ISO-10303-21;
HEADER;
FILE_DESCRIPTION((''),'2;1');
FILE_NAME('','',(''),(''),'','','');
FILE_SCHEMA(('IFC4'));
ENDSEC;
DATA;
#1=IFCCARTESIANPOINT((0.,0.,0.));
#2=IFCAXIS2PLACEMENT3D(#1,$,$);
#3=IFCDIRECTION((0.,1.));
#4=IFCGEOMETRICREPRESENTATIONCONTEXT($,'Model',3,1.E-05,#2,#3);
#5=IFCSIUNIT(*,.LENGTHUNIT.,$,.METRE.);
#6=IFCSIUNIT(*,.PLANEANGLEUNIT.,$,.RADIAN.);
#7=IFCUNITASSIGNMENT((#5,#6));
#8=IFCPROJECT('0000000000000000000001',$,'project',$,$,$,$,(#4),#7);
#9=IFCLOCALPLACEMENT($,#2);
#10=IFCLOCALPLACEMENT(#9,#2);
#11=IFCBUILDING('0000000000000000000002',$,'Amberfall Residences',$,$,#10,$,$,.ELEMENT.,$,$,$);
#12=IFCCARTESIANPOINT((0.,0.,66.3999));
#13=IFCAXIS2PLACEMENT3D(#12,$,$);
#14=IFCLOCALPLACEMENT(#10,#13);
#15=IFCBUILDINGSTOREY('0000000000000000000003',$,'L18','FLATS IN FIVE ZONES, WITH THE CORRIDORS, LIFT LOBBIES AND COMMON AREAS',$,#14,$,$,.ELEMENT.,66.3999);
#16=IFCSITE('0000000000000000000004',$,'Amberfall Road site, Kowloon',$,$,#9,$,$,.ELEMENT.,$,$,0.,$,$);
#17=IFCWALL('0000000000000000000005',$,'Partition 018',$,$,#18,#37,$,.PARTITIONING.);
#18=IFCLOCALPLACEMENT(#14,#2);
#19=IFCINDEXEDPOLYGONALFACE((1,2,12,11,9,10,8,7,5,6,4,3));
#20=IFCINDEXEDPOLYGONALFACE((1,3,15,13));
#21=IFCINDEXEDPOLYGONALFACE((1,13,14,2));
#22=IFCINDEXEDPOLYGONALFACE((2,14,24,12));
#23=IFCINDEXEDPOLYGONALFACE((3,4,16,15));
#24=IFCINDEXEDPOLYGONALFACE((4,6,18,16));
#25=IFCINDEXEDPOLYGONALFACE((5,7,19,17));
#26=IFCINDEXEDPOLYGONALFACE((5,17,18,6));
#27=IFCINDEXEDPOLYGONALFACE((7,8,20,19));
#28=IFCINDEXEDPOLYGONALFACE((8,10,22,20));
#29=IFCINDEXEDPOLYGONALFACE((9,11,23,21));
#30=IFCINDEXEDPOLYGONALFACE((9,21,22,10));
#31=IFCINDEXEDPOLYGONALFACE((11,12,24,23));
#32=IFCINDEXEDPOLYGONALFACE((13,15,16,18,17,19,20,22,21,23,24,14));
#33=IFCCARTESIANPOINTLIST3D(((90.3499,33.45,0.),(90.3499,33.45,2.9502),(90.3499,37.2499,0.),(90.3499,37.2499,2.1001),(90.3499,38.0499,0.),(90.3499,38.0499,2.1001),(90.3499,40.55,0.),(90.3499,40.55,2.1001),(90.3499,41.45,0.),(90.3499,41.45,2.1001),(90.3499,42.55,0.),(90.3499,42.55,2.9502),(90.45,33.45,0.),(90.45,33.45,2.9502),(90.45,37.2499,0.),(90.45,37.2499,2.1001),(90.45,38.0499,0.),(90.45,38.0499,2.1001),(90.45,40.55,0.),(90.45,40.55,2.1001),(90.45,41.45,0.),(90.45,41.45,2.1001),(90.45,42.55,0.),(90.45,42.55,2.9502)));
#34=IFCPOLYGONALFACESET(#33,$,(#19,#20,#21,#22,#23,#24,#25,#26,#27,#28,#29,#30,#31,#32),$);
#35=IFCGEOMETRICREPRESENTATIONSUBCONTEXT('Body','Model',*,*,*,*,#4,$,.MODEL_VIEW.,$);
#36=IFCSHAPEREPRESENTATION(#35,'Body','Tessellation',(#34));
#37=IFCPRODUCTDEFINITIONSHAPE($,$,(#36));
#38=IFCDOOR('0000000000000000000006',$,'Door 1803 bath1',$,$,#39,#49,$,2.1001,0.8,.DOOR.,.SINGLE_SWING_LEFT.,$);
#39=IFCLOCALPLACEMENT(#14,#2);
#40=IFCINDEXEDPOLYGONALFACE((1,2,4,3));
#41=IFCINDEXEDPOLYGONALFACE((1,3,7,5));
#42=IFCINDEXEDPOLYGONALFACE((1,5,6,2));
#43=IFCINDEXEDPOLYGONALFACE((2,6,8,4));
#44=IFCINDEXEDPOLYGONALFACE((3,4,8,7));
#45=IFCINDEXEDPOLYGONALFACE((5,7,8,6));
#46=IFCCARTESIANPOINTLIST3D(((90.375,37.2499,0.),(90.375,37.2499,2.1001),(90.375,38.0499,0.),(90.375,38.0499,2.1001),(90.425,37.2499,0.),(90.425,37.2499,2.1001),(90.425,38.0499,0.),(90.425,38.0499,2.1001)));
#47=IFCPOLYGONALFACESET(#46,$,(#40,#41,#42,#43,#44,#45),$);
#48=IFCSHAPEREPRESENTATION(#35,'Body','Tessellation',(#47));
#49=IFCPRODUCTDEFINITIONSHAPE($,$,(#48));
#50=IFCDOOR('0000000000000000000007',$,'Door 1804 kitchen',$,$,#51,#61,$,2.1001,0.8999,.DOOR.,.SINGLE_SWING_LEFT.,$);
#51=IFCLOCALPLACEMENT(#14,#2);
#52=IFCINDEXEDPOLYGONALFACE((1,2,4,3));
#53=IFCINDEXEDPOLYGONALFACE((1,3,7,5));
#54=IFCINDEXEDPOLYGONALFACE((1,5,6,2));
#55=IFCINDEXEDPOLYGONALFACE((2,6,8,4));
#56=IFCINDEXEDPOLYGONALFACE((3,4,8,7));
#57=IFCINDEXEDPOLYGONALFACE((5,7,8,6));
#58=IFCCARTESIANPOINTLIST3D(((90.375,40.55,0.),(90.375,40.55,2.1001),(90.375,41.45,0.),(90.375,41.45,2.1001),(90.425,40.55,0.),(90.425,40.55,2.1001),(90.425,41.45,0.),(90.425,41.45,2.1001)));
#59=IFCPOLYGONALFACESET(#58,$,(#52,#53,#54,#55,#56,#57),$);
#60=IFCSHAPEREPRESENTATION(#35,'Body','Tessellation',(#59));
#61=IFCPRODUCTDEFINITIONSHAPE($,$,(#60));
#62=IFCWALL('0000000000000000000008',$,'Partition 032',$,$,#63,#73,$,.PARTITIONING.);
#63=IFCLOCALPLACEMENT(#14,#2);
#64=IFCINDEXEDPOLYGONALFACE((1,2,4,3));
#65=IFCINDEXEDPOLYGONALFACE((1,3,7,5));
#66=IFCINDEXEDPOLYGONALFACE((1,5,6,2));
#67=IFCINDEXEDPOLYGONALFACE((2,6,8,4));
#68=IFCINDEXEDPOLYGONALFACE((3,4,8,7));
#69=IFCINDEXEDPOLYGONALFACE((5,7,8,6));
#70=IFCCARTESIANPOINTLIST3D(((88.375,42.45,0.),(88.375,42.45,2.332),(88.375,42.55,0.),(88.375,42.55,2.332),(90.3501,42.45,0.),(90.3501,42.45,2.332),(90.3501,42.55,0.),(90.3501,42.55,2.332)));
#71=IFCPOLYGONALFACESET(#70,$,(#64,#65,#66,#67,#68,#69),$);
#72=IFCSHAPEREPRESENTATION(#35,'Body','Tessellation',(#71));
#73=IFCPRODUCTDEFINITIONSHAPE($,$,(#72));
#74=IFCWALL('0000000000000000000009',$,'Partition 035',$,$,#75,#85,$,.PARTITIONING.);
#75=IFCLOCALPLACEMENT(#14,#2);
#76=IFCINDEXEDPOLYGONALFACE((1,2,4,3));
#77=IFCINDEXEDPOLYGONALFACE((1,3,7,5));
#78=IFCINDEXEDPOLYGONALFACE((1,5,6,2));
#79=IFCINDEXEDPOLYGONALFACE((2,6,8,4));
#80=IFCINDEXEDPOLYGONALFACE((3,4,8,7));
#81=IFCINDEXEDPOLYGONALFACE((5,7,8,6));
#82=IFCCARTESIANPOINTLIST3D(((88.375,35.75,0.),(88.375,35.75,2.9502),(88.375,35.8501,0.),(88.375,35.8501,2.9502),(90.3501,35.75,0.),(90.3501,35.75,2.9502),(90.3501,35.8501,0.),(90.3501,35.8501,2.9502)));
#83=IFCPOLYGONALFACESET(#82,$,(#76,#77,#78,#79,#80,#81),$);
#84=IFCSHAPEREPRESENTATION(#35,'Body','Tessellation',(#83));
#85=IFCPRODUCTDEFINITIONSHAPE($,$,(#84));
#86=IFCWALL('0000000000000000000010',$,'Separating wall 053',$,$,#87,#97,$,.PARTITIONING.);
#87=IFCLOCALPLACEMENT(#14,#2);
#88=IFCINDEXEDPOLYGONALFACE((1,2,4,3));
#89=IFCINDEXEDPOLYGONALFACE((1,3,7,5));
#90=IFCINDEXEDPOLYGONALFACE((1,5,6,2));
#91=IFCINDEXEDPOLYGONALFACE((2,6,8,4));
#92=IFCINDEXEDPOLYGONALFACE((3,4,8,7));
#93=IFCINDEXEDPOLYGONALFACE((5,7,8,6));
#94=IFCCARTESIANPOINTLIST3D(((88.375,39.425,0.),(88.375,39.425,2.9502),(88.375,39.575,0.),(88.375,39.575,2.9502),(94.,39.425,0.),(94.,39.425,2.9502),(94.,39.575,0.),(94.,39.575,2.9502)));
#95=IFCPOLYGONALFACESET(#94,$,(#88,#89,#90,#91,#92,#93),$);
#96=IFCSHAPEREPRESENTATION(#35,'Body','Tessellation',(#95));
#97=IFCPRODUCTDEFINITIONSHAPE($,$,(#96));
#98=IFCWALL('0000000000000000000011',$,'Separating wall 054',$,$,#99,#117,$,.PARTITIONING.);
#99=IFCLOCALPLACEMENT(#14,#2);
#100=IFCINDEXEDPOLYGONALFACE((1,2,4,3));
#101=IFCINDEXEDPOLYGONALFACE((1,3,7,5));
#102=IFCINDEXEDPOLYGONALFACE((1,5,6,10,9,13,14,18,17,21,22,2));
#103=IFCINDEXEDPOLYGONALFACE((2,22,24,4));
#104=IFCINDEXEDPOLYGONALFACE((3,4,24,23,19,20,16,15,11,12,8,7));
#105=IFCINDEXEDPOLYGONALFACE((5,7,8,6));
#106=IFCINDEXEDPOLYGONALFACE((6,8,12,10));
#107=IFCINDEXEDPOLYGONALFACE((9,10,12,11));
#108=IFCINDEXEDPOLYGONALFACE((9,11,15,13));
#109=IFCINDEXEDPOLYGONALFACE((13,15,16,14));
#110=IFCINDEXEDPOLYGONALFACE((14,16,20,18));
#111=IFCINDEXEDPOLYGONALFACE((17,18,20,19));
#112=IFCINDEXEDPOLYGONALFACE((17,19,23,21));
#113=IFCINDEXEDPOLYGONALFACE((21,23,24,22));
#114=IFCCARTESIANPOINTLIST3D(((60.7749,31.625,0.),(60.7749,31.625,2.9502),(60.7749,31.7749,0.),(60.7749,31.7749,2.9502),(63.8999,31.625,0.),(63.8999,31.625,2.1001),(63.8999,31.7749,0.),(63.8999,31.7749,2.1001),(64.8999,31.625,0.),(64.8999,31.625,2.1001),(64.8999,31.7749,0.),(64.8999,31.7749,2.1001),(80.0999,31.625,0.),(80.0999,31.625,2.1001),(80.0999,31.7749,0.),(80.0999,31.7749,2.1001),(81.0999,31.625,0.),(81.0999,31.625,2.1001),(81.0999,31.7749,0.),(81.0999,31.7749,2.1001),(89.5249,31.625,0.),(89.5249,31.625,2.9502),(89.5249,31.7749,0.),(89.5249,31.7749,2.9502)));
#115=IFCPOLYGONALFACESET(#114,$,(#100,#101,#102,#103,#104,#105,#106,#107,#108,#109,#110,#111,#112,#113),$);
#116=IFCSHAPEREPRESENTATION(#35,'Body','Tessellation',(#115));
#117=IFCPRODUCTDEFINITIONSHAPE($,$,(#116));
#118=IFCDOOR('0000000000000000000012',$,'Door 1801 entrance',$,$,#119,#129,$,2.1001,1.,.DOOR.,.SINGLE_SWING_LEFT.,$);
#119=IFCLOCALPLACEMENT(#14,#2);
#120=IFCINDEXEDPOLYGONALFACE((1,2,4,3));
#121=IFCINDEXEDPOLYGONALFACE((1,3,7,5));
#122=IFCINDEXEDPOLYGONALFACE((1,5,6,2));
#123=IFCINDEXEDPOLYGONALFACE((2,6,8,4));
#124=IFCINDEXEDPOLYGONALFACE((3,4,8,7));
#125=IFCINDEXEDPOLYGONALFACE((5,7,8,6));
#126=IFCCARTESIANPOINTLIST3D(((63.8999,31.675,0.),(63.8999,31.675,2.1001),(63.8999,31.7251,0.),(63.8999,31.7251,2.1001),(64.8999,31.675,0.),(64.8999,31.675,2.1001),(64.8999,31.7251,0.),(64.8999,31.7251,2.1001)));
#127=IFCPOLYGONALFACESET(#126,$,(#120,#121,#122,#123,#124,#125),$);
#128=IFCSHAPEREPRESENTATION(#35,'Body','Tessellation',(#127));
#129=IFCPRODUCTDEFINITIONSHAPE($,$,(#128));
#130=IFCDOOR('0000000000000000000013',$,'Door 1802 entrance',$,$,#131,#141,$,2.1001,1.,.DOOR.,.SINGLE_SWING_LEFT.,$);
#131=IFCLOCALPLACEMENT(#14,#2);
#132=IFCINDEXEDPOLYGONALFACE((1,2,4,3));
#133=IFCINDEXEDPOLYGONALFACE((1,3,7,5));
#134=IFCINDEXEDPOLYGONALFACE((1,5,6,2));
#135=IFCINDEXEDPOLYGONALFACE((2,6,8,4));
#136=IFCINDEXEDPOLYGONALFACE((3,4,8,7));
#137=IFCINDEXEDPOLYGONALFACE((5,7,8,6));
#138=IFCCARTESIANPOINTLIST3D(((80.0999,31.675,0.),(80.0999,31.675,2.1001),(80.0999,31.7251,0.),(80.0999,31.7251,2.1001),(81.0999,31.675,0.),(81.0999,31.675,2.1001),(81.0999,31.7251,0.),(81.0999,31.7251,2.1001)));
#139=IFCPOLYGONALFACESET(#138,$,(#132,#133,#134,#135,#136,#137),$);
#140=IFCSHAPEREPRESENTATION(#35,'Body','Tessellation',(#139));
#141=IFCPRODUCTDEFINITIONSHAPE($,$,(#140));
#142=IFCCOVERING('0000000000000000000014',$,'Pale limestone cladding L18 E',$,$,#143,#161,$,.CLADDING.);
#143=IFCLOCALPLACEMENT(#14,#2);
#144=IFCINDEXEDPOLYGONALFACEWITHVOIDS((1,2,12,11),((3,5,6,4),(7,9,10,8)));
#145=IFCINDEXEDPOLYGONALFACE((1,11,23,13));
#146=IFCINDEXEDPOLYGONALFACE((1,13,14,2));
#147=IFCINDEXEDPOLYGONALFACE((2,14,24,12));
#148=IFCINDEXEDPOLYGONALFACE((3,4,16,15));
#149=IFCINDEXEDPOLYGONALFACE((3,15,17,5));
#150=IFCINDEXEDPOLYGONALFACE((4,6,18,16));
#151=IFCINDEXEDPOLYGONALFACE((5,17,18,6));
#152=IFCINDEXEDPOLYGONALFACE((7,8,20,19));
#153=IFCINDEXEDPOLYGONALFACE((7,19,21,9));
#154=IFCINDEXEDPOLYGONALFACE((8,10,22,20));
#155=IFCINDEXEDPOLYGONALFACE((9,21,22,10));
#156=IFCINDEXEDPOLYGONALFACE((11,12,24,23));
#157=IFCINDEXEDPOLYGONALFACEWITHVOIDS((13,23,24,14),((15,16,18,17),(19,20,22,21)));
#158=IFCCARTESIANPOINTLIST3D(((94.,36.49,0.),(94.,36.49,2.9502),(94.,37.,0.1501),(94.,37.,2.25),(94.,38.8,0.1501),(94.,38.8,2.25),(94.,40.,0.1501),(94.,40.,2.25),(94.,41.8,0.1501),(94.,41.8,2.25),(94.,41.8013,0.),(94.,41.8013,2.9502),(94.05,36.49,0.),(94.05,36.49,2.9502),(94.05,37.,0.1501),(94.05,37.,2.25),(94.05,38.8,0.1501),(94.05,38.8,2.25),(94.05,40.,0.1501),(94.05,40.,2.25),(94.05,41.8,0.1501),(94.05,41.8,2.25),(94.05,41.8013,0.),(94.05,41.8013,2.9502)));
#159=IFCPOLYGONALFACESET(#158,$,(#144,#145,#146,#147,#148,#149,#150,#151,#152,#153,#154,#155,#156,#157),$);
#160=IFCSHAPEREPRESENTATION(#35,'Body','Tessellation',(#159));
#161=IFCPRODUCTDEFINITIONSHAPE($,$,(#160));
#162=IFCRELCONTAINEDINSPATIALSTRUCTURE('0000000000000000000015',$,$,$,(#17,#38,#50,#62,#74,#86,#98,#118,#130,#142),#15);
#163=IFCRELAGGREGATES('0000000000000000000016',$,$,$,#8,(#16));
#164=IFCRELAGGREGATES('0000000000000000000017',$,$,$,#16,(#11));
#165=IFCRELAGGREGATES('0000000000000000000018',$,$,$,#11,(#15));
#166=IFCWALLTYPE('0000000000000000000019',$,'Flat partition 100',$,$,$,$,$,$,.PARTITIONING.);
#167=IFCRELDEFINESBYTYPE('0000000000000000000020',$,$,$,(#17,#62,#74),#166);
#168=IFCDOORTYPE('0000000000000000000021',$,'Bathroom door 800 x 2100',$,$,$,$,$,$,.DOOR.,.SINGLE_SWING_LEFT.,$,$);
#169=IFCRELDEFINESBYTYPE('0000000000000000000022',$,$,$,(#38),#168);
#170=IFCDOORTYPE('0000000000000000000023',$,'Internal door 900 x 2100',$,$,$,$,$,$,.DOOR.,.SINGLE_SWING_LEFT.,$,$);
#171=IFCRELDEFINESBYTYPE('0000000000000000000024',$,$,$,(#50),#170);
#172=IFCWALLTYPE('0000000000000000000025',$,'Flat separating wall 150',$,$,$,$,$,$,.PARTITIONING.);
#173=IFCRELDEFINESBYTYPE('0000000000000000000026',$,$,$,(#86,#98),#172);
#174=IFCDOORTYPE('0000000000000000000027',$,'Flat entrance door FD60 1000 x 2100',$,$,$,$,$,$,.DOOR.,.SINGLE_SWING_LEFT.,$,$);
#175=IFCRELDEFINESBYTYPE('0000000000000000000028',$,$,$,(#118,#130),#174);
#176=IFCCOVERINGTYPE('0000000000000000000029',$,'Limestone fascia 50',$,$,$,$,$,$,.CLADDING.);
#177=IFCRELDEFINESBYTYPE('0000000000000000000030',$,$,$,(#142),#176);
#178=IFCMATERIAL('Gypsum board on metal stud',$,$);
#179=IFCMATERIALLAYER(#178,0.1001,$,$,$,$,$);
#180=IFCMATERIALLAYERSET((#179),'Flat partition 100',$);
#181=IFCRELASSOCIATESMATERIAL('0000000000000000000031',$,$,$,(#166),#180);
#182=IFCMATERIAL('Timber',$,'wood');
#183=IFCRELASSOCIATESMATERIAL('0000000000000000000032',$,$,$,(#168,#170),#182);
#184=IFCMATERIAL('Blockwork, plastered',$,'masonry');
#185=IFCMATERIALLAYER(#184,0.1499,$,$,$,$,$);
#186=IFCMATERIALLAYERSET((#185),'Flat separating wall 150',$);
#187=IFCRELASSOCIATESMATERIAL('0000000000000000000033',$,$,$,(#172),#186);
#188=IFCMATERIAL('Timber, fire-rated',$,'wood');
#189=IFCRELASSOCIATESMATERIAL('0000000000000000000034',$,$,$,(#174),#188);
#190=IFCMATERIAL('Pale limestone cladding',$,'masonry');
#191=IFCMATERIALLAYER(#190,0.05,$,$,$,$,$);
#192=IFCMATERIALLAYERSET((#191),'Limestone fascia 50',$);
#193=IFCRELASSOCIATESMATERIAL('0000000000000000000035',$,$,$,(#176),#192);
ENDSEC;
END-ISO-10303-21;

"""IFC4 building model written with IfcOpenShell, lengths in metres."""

from ifc_helpers import new_model, si_unit, direction, frame, frame_2d, origin, place, context, subcontext, project, spatial, polyline, rectangle, outline, extrude, material, layer, layer_set, type_object, element, fill, save


model = new_model("IFC4")

# Units and contexts
model_context = context("Model", 3, precision=1e-05, world=origin(), true_north=direction((0.0, 1.0)))
body_context = subcontext(model_context, "Body", "Model", "MODEL_VIEW")
ifc_project = project(units=[si_unit("LENGTHUNIT", "METRE"), si_unit("PLANEANGLEUNIT", "RADIAN")], contexts=[model_context])

# Site, building, storey
site_placement = place(None, origin())
site = spatial("IfcSite", under=ifc_project, at=site_placement, Name="Amberfall Road site, Kowloon", CompositionType="ELEMENT", RefElevation=0.0)
building_placement = place(site_placement, origin())
building = spatial("IfcBuilding", under=site, at=building_placement, Name="Amberfall Residences", CompositionType="ELEMENT")
storey_placement = place(building_placement, frame((0.0, 0.0, 66.3999)))
storey = spatial("IfcBuildingStorey", under=building, at=storey_placement, Name="L18", Description="FLATS IN FIVE ZONES, WITH THE CORRIDORS, LIFT LOBBIES AND COMMON AREAS", CompositionType="ELEMENT", Elevation=66.3999)

# Wall, openings, doors
ifc_material_1 = material(Name="Gypsum board on metal stud")
ifc_layer_1 = layer(ifc_material_1, 0.1001)
ifc_layer_set_1 = layer_set([ifc_layer_1], Name="Flat partition 100")
wall_type_1 = type_object("IfcWallType", Name="Flat partition 100", PredefinedType="PARTITIONING", material=ifc_layer_set_1)
wall_1_placement = place(storey_placement, frame((90.3999, 33.45, 0.0), z_axis=(0.0, 0.0, 1.0), x_axis=(0.0, 1.0, 0.0)))
wall_1 = element("IfcWall", 1, at=wall_1_placement, inside=storey, type_object=wall_type_1, Name="Partition 018", PredefinedType="PARTITIONING", context=body_context, shape_type="SweptSolid", body=[
    extrude(rectangle(XDim=9.1001, YDim=0.1001, at=frame_2d((4.55, 0.0))), origin(), (0.0, 0.0, 1.0), 2.9502),
])
opening_1_placement = place(wall_1_placement, frame((3.8, 0.0, 0.0)))
opening_1 = element("IfcOpeningElement", 2, at=opening_1_placement, cuts=wall_1, PredefinedType="OPENING", context=body_context, shape_type="SweptSolid", body=[
    extrude(rectangle(XDim=0.8, YDim=2.1001, at=frame_2d((0.3999, 1.05))), frame((0.0, 0.0601, 0.0), z_axis=(0.0, -1.0, 0.0), x_axis=(1.0, 0.0, 0.0)), (0.0, 0.0, 1.0), 0.1201),
])
opening_2_placement = place(wall_1_placement, frame((7.1001, 0.0, 0.0)))
opening_2 = element("IfcOpeningElement", 3, at=opening_2_placement, cuts=wall_1, PredefinedType="OPENING", context=body_context, shape_type="SweptSolid", body=[
    extrude(rectangle(XDim=0.8999, YDim=2.1001, at=frame_2d((0.45, 1.05))), frame((0.0, 0.0601, 0.0), z_axis=(0.0, -1.0, 0.0), x_axis=(1.0, 0.0, 0.0)), (0.0, 0.0, 1.0), 0.1201),
])
ifc_material_2 = material(Name="Timber", Category="wood")
door_type_1 = type_object("IfcDoorType", Name="Bathroom door 800 x 2100", OperationType="SINGLE_SWING_LEFT", PredefinedType="DOOR", material=ifc_material_2)
door_1_placement = place(opening_1_placement, origin())
door_1 = element("IfcDoor", 4, at=door_1_placement, inside=storey, type_object=door_type_1, Name="Door 1803 bath1", OperationType="SINGLE_SWING_LEFT", OverallHeight=2.1001, OverallWidth=0.8, PredefinedType="DOOR", context=body_context, shape_type="SweptSolid", body=[
    extrude(rectangle(XDim=0.8, YDim=2.1001, at=frame_2d((0.3999, 1.05))), frame((0.0, 0.0249, 0.0), z_axis=(0.0, -1.0, 0.0), x_axis=(1.0, 0.0, 0.0)), (0.0, 0.0, 1.0), 0.05),
])
fill(opening_1, door_1)
door_type_2 = type_object("IfcDoorType", Name="Internal door 900 x 2100", OperationType="SINGLE_SWING_LEFT", PredefinedType="DOOR", material=ifc_material_2)
door_2_placement = place(opening_2_placement, origin())
door_2 = element("IfcDoor", 5, at=door_2_placement, inside=storey, type_object=door_type_2, Name="Door 1804 kitchen", OperationType="SINGLE_SWING_LEFT", OverallHeight=2.1001, OverallWidth=0.8999, PredefinedType="DOOR", context=body_context, shape_type="SweptSolid", body=[
    extrude(rectangle(XDim=0.8999, YDim=2.1001, at=frame_2d((0.45, 1.05))), frame((0.0, 0.0249, 0.0), z_axis=(0.0, -1.0, 0.0), x_axis=(1.0, 0.0, 0.0)), (0.0, 0.0, 1.0), 0.05),
])
fill(opening_2, door_2)

# Walls
wall_2_placement = place(storey_placement, frame((88.375, 42.5, 0.0), z_axis=(0.0, 0.0, 1.0), x_axis=(1.0, 0.0, 0.0)))
element("IfcWall", 6, at=wall_2_placement, inside=storey, type_object=wall_type_1, Name="Partition 032", PredefinedType="PARTITIONING", context=body_context, shape_type="SweptSolid", body=[
    extrude(rectangle(XDim=1.9751, YDim=0.1001, at=frame_2d((0.9875, 0.0))), origin(), (0.0, 0.0, 1.0), 2.332),
])
wall_3_placement = place(storey_placement, frame((88.375, 35.8, 0.0), z_axis=(0.0, 0.0, 1.0), x_axis=(1.0, 0.0, 0.0)))
element("IfcWall", 7, at=wall_3_placement, inside=storey, type_object=wall_type_1, Name="Partition 035", PredefinedType="PARTITIONING", context=body_context, shape_type="SweptSolid", body=[
    extrude(rectangle(XDim=1.9751, YDim=0.1001, at=frame_2d((0.9875, 0.0))), origin(), (0.0, 0.0, 1.0), 2.9502),
])
ifc_material_3 = material(Name="Blockwork, plastered", Category="masonry")
ifc_layer_2 = layer(ifc_material_3, 0.1499)
ifc_layer_set_2 = layer_set([ifc_layer_2], Name="Flat separating wall 150")
wall_type_2 = type_object("IfcWallType", Name="Flat separating wall 150", PredefinedType="PARTITIONING", material=ifc_layer_set_2)
wall_4_placement = place(storey_placement, frame((88.375, 39.5, 0.0), z_axis=(0.0, 0.0, 1.0), x_axis=(1.0, 0.0, 0.0)))
element("IfcWall", 8, at=wall_4_placement, inside=storey, type_object=wall_type_2, Name="Separating wall 053", PredefinedType="PARTITIONING", context=body_context, shape_type="SweptSolid", body=[
    extrude(rectangle(XDim=5.625, YDim=0.1499, at=frame_2d((2.8125, 0.0))), origin(), (0.0, 0.0, 1.0), 2.9502),
])

# Wall, openings, doors
wall_5_placement = place(storey_placement, frame((89.5249, 31.7, 0.0), z_axis=(0.0, 0.0, 1.0), x_axis=(-1.0, 0.0, 0.0)))
wall_5 = element("IfcWall", 9, at=wall_5_placement, inside=storey, type_object=wall_type_2, Name="Separating wall 054", PredefinedType="PARTITIONING", context=body_context, shape_type="SweptSolid", body=[
    extrude(rectangle(XDim=28.75, YDim=0.1499, at=frame_2d((14.375, 0.0))), origin(), (0.0, 0.0, 1.0), 2.9502),
])
opening_3_placement = place(wall_5_placement, frame((24.625, 0.0, 0.0)))
opening_3 = element("IfcOpeningElement", 10, at=opening_3_placement, cuts=wall_5, PredefinedType="OPENING", context=body_context, shape_type="SweptSolid", body=[
    extrude(rectangle(XDim=1.0, YDim=2.1001, at=frame_2d((0.5, 1.05))), frame((0.0, 0.085, 0.0), z_axis=(0.0, -1.0, 0.0), x_axis=(1.0, 0.0, 0.0)), (0.0, 0.0, 1.0), 0.1699),
])
opening_4_placement = place(wall_5_placement, frame((8.425, 0.0, 0.0)))
opening_4 = element("IfcOpeningElement", 11, at=opening_4_placement, cuts=wall_5, PredefinedType="OPENING", context=body_context, shape_type="SweptSolid", body=[
    extrude(rectangle(XDim=1.0, YDim=2.1001, at=frame_2d((0.5, 1.05))), frame((0.0, 0.085, 0.0), z_axis=(0.0, -1.0, 0.0), x_axis=(1.0, 0.0, 0.0)), (0.0, 0.0, 1.0), 0.1699),
])
ifc_material_4 = material(Name="Timber, fire-rated", Category="wood")
door_type_3 = type_object("IfcDoorType", Name="Flat entrance door FD60 1000 x 2100", OperationType="SINGLE_SWING_LEFT", PredefinedType="DOOR", material=ifc_material_4)
door_3_placement = place(opening_3_placement, origin())
door_3 = element("IfcDoor", 12, at=door_3_placement, inside=storey, type_object=door_type_3, Name="Door 1801 entrance", OperationType="SINGLE_SWING_LEFT", OverallHeight=2.1001, OverallWidth=1.0, PredefinedType="DOOR", context=body_context, shape_type="SweptSolid", body=[
    extrude(rectangle(XDim=1.0, YDim=2.1001, at=frame_2d((0.5, 1.05))), frame((0.0, 0.0249, 0.0), z_axis=(0.0, -1.0, 0.0), x_axis=(1.0, 0.0, 0.0)), (0.0, 0.0, 1.0), 0.05),
])
fill(opening_3, door_3)
door_4_placement = place(opening_4_placement, origin())
door_4 = element("IfcDoor", 13, at=door_4_placement, inside=storey, type_object=door_type_3, Name="Door 1802 entrance", OperationType="SINGLE_SWING_LEFT", OverallHeight=2.1001, OverallWidth=1.0, PredefinedType="DOOR", context=body_context, shape_type="SweptSolid", body=[
    extrude(rectangle(XDim=1.0, YDim=2.1001, at=frame_2d((0.5, 1.05))), frame((0.0, 0.0249, 0.0), z_axis=(0.0, -1.0, 0.0), x_axis=(1.0, 0.0, 0.0)), (0.0, 0.0, 1.0), 0.05),
])
fill(opening_4, door_4)

# Covering
ifc_material_5 = material(Name="Pale limestone cladding", Category="masonry")
ifc_layer_3 = layer(ifc_material_5, 0.05)
ifc_layer_set_3 = layer_set([ifc_layer_3], Name="Limestone fascia 50")
covering_type = type_object("IfcCoveringType", Name="Limestone fascia 50", PredefinedType="CLADDING", material=ifc_layer_set_3)
covering_placement = place(storey_placement, frame((94.0, 36.49, 2.9502), z_axis=(-1.0, 0.0, 0.0), x_axis=(0.0, 1.0, 0.0)))
element("IfcCovering", 14, at=covering_placement, inside=storey, type_object=covering_type, Name="Pale limestone cladding L18 E", PredefinedType="CLADDING", context=body_context, shape_type="SweptSolid", body=[
    extrude(outline(polyline([(0.0, 0.0), (5.3113, 0.0), (5.3113, 2.9502), (0.0, 2.9502), (0.0, 0.0)]), holes=[polyline([(0.51, 0.7002), (2.3101, 0.7002), (2.3101, 2.8), (0.51, 2.8), (0.51, 0.7002)]), polyline([(3.51, 0.7002), (5.3101, 0.7002), (5.3101, 2.8), (3.51, 2.8), (3.51, 0.7002)])]), origin(), (0.0, 0.0, -1.0), 0.05),
])

save(model, "model.ifc")
